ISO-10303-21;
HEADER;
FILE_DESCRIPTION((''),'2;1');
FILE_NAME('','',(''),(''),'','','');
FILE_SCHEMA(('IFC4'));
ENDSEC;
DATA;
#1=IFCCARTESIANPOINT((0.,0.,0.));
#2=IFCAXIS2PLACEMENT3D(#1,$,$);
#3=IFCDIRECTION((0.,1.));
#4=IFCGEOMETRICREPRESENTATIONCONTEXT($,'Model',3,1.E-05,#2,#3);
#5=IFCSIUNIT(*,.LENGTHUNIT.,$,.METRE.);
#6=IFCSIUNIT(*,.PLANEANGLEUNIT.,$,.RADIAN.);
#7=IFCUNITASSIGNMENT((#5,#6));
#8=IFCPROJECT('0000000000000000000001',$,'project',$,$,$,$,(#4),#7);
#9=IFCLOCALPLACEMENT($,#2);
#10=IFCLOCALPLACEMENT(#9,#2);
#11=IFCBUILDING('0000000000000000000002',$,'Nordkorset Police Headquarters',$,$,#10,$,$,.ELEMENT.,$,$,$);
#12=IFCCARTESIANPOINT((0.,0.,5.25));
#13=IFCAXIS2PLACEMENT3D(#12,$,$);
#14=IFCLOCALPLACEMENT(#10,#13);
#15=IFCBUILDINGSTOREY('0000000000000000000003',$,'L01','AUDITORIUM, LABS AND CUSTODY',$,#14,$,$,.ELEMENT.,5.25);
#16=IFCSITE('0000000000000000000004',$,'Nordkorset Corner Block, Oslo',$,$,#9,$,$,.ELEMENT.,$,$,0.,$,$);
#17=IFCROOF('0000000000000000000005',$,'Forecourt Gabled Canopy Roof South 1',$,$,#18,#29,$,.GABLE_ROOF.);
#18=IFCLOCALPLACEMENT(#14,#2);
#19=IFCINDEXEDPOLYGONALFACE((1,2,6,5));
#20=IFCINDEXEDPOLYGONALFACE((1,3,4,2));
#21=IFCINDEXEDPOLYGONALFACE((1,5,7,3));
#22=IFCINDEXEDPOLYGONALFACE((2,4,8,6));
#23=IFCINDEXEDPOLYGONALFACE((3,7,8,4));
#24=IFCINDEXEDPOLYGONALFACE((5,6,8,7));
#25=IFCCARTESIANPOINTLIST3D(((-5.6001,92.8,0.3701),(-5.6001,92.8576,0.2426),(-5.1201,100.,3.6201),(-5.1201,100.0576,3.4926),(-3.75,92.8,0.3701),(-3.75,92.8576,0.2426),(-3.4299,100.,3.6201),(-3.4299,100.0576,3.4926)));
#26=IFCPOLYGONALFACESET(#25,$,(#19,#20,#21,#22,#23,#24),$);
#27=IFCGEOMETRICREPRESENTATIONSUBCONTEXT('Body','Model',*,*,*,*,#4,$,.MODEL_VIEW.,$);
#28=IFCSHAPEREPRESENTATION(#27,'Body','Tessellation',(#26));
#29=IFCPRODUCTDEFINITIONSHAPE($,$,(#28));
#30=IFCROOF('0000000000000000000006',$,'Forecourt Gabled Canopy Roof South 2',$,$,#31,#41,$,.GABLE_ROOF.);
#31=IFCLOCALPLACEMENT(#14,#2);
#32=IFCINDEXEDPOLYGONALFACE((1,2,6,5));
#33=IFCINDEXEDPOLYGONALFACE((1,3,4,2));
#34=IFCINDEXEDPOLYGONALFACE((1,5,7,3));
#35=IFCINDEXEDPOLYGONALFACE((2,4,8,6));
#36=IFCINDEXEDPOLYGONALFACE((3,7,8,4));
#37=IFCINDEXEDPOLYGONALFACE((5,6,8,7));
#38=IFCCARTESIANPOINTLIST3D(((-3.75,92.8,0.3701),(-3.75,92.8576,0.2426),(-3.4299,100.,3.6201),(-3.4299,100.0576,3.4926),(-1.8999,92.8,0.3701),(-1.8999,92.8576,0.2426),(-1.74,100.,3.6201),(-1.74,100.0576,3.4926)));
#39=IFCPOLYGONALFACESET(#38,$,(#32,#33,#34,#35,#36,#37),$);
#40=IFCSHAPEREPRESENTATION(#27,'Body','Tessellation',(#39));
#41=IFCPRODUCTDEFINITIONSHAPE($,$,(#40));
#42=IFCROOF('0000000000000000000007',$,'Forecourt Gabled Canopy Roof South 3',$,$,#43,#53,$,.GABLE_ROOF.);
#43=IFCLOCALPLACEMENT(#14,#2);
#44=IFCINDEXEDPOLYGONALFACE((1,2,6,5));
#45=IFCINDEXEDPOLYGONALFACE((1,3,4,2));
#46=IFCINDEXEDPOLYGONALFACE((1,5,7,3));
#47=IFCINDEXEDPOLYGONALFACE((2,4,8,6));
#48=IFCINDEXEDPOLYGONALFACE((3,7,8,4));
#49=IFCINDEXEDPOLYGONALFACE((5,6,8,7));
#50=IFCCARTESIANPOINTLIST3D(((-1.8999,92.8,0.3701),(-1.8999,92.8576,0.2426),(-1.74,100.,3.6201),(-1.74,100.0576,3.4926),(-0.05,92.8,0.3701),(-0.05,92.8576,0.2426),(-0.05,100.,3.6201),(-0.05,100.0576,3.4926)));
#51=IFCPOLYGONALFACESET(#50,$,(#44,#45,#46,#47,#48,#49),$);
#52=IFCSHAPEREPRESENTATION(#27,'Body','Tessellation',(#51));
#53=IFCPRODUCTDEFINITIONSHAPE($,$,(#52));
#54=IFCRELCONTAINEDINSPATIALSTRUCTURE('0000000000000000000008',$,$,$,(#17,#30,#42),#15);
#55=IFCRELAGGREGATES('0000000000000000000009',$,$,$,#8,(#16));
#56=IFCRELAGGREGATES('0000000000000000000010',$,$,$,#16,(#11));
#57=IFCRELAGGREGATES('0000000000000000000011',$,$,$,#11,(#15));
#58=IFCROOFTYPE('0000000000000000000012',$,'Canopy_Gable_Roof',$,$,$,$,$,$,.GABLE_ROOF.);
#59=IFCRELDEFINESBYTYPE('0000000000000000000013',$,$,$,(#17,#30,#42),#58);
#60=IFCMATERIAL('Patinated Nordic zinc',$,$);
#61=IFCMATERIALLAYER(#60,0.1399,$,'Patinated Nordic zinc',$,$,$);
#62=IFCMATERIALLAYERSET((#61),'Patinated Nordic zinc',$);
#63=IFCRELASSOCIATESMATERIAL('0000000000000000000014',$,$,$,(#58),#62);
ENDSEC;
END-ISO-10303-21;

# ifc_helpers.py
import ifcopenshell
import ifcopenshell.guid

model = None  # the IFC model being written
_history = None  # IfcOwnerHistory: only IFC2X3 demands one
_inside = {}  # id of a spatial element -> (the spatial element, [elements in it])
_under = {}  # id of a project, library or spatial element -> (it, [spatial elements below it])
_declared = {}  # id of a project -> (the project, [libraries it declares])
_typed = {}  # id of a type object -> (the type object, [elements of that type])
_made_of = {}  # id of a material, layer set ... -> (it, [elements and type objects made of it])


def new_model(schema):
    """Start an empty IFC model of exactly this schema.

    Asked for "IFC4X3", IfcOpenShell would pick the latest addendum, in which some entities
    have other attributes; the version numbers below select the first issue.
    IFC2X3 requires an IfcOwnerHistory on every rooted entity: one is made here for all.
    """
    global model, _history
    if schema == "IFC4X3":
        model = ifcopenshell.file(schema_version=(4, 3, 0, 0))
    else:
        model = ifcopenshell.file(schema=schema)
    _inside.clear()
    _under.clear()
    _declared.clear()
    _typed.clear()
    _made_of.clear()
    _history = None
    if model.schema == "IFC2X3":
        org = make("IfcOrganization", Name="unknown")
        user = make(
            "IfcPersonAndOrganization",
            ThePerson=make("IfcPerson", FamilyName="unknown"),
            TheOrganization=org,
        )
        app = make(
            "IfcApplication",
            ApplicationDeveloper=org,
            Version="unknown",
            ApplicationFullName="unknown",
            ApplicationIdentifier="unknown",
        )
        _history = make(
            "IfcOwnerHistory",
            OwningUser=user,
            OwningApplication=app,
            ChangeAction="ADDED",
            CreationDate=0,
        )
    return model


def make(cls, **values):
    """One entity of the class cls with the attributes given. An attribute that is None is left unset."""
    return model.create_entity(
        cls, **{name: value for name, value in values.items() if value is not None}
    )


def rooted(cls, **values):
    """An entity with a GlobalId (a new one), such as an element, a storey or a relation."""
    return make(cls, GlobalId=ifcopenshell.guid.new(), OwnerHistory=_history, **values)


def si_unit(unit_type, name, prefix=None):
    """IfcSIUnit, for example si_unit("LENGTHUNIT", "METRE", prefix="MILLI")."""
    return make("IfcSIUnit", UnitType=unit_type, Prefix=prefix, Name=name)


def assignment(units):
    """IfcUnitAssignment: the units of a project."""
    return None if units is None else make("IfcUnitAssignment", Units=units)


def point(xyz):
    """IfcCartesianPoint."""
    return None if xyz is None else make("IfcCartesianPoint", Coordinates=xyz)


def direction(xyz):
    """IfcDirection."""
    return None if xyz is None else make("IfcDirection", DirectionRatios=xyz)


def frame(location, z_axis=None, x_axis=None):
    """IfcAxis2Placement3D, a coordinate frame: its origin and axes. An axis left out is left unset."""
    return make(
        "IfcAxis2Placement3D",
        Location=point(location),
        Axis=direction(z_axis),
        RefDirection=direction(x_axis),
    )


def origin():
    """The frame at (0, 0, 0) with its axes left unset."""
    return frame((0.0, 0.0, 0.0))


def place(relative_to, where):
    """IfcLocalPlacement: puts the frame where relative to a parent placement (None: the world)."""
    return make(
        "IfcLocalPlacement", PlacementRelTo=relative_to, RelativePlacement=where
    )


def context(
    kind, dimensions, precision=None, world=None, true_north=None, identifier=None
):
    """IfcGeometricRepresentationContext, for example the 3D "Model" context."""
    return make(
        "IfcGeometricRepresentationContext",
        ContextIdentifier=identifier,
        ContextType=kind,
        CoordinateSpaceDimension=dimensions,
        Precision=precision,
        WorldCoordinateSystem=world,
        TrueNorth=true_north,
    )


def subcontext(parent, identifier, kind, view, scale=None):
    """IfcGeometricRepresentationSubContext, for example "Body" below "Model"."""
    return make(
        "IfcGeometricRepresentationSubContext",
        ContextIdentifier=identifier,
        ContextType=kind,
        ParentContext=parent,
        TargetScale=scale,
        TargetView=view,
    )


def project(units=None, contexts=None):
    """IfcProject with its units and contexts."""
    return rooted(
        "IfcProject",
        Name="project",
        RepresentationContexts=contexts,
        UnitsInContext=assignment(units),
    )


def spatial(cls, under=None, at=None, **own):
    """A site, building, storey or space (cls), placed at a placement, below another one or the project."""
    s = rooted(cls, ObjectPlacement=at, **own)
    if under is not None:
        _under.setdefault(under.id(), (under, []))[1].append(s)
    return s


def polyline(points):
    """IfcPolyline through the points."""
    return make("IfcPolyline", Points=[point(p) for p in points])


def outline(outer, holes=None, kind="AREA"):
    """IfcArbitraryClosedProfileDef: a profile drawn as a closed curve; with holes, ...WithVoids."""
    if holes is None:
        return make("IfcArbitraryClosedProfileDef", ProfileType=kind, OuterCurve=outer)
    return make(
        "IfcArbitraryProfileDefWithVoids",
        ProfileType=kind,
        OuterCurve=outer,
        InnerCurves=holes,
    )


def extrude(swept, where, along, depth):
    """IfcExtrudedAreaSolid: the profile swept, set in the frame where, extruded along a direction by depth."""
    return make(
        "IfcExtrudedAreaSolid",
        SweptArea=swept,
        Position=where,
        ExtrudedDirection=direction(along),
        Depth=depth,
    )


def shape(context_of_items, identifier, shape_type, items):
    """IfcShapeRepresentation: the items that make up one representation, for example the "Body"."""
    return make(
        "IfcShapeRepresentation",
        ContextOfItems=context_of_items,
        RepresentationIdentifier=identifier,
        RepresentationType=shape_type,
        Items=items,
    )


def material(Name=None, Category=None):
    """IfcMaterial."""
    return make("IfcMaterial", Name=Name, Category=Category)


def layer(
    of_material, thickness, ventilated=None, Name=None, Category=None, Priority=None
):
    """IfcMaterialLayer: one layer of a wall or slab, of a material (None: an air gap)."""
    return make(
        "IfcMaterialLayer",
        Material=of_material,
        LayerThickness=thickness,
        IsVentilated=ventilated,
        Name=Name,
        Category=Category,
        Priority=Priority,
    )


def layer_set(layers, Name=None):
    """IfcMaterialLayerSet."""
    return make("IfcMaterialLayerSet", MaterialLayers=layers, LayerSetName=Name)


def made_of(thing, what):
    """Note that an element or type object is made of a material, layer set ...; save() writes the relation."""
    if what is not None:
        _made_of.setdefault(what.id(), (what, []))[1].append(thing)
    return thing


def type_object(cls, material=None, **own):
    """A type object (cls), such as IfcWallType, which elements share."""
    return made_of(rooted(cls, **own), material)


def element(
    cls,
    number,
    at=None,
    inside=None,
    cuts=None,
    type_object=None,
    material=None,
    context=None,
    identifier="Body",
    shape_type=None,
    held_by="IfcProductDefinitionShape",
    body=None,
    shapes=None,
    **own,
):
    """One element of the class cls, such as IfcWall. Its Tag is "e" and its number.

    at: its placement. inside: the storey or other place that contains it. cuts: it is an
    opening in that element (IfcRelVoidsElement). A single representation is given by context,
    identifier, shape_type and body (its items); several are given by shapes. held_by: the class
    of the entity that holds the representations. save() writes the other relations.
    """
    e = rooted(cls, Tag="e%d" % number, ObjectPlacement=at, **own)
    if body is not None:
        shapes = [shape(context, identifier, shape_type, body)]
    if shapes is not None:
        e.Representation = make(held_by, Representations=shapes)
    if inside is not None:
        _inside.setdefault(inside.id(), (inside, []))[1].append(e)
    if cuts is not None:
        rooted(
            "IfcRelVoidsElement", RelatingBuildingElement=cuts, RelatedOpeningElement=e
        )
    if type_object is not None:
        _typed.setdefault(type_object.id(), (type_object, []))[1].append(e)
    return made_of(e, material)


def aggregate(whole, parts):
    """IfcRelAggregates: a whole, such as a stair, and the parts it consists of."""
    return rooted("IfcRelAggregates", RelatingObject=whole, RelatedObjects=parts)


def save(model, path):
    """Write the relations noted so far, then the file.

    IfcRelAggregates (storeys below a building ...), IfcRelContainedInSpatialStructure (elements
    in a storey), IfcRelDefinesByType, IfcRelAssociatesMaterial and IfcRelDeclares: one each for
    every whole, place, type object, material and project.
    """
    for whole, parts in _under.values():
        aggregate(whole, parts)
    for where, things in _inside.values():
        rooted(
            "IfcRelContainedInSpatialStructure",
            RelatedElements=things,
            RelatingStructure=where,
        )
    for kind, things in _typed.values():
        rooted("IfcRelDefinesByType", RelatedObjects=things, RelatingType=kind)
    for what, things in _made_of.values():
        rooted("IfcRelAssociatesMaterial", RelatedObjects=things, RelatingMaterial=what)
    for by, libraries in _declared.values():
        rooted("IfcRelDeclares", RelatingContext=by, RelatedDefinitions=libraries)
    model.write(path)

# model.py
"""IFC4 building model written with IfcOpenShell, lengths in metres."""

from ifc_helpers import new_model, si_unit, direction, frame, origin, place, context, subcontext, project, spatial, polyline, outline, extrude, material, layer, layer_set, type_object, element, save


model = new_model("IFC4")

# Units and contexts
model_context = context("Model", 3, precision=1e-05, world=origin(), true_north=direction((0.0, 1.0)))
body_context = subcontext(model_context, "Body", "Model", "MODEL_VIEW")
ifc_project = project(units=[si_unit("LENGTHUNIT", "METRE"), si_unit("PLANEANGLEUNIT", "RADIAN")], contexts=[model_context])

# Site, building, storey
site_placement = place(None, origin())
site = spatial("IfcSite", under=ifc_project, at=site_placement, Name="Nordkorset Corner Block, Oslo", CompositionType="ELEMENT", RefElevation=0.0)
building_placement = place(site_placement, origin())
building = spatial("IfcBuilding", under=site, at=building_placement, Name="Nordkorset Police Headquarters", CompositionType="ELEMENT")
storey_placement = place(building_placement, frame((0.0, 0.0, 5.25)))
storey = spatial("IfcBuildingStorey", under=building, at=storey_placement, Name="L01", Description="AUDITORIUM, LABS AND CUSTODY", CompositionType="ELEMENT", Elevation=5.25)

# Roofs
ifc_material_1 = material(Name="Patinated Nordic zinc")
ifc_layer_1 = layer(ifc_material_1, 0.1399, Name="Patinated Nordic zinc")
ifc_layer_set_1 = layer_set([ifc_layer_1], Name="Patinated Nordic zinc")
roof_type = type_object("IfcRoofType", Name="Canopy_Gable_Roof", PredefinedType="GABLE_ROOF", material=ifc_layer_set_1)
roof_1_placement = place(storey_placement, frame((-5.6001, 92.8, 0.3701), z_axis=(0.0, -0.411419, 0.911446), x_axis=(1.0, 0.0, 0.0)))
element("IfcRoof", 1, at=roof_1_placement, inside=storey, type_object=roof_type, Name="Forecourt Gabled Canopy Roof South 1", PredefinedType="GABLE_ROOF", context=body_context, shape_type="SweptSolid", body=[
    extrude(outline(polyline([(0.0, 0.0), (1.8501, 0.0), (2.1702, 7.8995), (0.48, 7.8995), (0.0, 0.0)])), origin(), (0.0, 0.0, -1.0), 0.1399),
])
roof_2_placement = place(storey_placement, frame((-3.75, 92.8, 0.3701), z_axis=(0.0, -0.411419, 0.911446), x_axis=(1.0, 0.0, 0.0)))
element("IfcRoof", 2, at=roof_2_placement, inside=storey, type_object=roof_type, Name="Forecourt Gabled Canopy Roof South 2", PredefinedType="GABLE_ROOF", context=body_context, shape_type="SweptSolid", body=[
    extrude(outline(polyline([(0.0, 0.0), (1.8501, 0.0), (2.01, 7.8995), (0.3201, 7.8995), (0.0, 0.0)])), origin(), (0.0, 0.0, -1.0), 0.1399),
])
roof_3_placement = place(storey_placement, frame((-1.8999, 92.8, 0.3701), z_axis=(0.0, -0.411419, 0.911446), x_axis=(1.0, 0.0, 0.0)))
element("IfcRoof", 3, at=roof_3_placement, inside=storey, type_object=roof_type, Name="Forecourt Gabled Canopy Roof South 3", PredefinedType="GABLE_ROOF", context=body_context, shape_type="SweptSolid", body=[
    extrude(outline(polyline([(0.0, 0.0), (1.8499, 0.0), (1.8499, 7.8995), (0.1599, 7.8995), (0.0, 0.0)])), origin(), (0.0, 0.0, -1.0), 0.1399),
])

save(model, "model.ifc")
